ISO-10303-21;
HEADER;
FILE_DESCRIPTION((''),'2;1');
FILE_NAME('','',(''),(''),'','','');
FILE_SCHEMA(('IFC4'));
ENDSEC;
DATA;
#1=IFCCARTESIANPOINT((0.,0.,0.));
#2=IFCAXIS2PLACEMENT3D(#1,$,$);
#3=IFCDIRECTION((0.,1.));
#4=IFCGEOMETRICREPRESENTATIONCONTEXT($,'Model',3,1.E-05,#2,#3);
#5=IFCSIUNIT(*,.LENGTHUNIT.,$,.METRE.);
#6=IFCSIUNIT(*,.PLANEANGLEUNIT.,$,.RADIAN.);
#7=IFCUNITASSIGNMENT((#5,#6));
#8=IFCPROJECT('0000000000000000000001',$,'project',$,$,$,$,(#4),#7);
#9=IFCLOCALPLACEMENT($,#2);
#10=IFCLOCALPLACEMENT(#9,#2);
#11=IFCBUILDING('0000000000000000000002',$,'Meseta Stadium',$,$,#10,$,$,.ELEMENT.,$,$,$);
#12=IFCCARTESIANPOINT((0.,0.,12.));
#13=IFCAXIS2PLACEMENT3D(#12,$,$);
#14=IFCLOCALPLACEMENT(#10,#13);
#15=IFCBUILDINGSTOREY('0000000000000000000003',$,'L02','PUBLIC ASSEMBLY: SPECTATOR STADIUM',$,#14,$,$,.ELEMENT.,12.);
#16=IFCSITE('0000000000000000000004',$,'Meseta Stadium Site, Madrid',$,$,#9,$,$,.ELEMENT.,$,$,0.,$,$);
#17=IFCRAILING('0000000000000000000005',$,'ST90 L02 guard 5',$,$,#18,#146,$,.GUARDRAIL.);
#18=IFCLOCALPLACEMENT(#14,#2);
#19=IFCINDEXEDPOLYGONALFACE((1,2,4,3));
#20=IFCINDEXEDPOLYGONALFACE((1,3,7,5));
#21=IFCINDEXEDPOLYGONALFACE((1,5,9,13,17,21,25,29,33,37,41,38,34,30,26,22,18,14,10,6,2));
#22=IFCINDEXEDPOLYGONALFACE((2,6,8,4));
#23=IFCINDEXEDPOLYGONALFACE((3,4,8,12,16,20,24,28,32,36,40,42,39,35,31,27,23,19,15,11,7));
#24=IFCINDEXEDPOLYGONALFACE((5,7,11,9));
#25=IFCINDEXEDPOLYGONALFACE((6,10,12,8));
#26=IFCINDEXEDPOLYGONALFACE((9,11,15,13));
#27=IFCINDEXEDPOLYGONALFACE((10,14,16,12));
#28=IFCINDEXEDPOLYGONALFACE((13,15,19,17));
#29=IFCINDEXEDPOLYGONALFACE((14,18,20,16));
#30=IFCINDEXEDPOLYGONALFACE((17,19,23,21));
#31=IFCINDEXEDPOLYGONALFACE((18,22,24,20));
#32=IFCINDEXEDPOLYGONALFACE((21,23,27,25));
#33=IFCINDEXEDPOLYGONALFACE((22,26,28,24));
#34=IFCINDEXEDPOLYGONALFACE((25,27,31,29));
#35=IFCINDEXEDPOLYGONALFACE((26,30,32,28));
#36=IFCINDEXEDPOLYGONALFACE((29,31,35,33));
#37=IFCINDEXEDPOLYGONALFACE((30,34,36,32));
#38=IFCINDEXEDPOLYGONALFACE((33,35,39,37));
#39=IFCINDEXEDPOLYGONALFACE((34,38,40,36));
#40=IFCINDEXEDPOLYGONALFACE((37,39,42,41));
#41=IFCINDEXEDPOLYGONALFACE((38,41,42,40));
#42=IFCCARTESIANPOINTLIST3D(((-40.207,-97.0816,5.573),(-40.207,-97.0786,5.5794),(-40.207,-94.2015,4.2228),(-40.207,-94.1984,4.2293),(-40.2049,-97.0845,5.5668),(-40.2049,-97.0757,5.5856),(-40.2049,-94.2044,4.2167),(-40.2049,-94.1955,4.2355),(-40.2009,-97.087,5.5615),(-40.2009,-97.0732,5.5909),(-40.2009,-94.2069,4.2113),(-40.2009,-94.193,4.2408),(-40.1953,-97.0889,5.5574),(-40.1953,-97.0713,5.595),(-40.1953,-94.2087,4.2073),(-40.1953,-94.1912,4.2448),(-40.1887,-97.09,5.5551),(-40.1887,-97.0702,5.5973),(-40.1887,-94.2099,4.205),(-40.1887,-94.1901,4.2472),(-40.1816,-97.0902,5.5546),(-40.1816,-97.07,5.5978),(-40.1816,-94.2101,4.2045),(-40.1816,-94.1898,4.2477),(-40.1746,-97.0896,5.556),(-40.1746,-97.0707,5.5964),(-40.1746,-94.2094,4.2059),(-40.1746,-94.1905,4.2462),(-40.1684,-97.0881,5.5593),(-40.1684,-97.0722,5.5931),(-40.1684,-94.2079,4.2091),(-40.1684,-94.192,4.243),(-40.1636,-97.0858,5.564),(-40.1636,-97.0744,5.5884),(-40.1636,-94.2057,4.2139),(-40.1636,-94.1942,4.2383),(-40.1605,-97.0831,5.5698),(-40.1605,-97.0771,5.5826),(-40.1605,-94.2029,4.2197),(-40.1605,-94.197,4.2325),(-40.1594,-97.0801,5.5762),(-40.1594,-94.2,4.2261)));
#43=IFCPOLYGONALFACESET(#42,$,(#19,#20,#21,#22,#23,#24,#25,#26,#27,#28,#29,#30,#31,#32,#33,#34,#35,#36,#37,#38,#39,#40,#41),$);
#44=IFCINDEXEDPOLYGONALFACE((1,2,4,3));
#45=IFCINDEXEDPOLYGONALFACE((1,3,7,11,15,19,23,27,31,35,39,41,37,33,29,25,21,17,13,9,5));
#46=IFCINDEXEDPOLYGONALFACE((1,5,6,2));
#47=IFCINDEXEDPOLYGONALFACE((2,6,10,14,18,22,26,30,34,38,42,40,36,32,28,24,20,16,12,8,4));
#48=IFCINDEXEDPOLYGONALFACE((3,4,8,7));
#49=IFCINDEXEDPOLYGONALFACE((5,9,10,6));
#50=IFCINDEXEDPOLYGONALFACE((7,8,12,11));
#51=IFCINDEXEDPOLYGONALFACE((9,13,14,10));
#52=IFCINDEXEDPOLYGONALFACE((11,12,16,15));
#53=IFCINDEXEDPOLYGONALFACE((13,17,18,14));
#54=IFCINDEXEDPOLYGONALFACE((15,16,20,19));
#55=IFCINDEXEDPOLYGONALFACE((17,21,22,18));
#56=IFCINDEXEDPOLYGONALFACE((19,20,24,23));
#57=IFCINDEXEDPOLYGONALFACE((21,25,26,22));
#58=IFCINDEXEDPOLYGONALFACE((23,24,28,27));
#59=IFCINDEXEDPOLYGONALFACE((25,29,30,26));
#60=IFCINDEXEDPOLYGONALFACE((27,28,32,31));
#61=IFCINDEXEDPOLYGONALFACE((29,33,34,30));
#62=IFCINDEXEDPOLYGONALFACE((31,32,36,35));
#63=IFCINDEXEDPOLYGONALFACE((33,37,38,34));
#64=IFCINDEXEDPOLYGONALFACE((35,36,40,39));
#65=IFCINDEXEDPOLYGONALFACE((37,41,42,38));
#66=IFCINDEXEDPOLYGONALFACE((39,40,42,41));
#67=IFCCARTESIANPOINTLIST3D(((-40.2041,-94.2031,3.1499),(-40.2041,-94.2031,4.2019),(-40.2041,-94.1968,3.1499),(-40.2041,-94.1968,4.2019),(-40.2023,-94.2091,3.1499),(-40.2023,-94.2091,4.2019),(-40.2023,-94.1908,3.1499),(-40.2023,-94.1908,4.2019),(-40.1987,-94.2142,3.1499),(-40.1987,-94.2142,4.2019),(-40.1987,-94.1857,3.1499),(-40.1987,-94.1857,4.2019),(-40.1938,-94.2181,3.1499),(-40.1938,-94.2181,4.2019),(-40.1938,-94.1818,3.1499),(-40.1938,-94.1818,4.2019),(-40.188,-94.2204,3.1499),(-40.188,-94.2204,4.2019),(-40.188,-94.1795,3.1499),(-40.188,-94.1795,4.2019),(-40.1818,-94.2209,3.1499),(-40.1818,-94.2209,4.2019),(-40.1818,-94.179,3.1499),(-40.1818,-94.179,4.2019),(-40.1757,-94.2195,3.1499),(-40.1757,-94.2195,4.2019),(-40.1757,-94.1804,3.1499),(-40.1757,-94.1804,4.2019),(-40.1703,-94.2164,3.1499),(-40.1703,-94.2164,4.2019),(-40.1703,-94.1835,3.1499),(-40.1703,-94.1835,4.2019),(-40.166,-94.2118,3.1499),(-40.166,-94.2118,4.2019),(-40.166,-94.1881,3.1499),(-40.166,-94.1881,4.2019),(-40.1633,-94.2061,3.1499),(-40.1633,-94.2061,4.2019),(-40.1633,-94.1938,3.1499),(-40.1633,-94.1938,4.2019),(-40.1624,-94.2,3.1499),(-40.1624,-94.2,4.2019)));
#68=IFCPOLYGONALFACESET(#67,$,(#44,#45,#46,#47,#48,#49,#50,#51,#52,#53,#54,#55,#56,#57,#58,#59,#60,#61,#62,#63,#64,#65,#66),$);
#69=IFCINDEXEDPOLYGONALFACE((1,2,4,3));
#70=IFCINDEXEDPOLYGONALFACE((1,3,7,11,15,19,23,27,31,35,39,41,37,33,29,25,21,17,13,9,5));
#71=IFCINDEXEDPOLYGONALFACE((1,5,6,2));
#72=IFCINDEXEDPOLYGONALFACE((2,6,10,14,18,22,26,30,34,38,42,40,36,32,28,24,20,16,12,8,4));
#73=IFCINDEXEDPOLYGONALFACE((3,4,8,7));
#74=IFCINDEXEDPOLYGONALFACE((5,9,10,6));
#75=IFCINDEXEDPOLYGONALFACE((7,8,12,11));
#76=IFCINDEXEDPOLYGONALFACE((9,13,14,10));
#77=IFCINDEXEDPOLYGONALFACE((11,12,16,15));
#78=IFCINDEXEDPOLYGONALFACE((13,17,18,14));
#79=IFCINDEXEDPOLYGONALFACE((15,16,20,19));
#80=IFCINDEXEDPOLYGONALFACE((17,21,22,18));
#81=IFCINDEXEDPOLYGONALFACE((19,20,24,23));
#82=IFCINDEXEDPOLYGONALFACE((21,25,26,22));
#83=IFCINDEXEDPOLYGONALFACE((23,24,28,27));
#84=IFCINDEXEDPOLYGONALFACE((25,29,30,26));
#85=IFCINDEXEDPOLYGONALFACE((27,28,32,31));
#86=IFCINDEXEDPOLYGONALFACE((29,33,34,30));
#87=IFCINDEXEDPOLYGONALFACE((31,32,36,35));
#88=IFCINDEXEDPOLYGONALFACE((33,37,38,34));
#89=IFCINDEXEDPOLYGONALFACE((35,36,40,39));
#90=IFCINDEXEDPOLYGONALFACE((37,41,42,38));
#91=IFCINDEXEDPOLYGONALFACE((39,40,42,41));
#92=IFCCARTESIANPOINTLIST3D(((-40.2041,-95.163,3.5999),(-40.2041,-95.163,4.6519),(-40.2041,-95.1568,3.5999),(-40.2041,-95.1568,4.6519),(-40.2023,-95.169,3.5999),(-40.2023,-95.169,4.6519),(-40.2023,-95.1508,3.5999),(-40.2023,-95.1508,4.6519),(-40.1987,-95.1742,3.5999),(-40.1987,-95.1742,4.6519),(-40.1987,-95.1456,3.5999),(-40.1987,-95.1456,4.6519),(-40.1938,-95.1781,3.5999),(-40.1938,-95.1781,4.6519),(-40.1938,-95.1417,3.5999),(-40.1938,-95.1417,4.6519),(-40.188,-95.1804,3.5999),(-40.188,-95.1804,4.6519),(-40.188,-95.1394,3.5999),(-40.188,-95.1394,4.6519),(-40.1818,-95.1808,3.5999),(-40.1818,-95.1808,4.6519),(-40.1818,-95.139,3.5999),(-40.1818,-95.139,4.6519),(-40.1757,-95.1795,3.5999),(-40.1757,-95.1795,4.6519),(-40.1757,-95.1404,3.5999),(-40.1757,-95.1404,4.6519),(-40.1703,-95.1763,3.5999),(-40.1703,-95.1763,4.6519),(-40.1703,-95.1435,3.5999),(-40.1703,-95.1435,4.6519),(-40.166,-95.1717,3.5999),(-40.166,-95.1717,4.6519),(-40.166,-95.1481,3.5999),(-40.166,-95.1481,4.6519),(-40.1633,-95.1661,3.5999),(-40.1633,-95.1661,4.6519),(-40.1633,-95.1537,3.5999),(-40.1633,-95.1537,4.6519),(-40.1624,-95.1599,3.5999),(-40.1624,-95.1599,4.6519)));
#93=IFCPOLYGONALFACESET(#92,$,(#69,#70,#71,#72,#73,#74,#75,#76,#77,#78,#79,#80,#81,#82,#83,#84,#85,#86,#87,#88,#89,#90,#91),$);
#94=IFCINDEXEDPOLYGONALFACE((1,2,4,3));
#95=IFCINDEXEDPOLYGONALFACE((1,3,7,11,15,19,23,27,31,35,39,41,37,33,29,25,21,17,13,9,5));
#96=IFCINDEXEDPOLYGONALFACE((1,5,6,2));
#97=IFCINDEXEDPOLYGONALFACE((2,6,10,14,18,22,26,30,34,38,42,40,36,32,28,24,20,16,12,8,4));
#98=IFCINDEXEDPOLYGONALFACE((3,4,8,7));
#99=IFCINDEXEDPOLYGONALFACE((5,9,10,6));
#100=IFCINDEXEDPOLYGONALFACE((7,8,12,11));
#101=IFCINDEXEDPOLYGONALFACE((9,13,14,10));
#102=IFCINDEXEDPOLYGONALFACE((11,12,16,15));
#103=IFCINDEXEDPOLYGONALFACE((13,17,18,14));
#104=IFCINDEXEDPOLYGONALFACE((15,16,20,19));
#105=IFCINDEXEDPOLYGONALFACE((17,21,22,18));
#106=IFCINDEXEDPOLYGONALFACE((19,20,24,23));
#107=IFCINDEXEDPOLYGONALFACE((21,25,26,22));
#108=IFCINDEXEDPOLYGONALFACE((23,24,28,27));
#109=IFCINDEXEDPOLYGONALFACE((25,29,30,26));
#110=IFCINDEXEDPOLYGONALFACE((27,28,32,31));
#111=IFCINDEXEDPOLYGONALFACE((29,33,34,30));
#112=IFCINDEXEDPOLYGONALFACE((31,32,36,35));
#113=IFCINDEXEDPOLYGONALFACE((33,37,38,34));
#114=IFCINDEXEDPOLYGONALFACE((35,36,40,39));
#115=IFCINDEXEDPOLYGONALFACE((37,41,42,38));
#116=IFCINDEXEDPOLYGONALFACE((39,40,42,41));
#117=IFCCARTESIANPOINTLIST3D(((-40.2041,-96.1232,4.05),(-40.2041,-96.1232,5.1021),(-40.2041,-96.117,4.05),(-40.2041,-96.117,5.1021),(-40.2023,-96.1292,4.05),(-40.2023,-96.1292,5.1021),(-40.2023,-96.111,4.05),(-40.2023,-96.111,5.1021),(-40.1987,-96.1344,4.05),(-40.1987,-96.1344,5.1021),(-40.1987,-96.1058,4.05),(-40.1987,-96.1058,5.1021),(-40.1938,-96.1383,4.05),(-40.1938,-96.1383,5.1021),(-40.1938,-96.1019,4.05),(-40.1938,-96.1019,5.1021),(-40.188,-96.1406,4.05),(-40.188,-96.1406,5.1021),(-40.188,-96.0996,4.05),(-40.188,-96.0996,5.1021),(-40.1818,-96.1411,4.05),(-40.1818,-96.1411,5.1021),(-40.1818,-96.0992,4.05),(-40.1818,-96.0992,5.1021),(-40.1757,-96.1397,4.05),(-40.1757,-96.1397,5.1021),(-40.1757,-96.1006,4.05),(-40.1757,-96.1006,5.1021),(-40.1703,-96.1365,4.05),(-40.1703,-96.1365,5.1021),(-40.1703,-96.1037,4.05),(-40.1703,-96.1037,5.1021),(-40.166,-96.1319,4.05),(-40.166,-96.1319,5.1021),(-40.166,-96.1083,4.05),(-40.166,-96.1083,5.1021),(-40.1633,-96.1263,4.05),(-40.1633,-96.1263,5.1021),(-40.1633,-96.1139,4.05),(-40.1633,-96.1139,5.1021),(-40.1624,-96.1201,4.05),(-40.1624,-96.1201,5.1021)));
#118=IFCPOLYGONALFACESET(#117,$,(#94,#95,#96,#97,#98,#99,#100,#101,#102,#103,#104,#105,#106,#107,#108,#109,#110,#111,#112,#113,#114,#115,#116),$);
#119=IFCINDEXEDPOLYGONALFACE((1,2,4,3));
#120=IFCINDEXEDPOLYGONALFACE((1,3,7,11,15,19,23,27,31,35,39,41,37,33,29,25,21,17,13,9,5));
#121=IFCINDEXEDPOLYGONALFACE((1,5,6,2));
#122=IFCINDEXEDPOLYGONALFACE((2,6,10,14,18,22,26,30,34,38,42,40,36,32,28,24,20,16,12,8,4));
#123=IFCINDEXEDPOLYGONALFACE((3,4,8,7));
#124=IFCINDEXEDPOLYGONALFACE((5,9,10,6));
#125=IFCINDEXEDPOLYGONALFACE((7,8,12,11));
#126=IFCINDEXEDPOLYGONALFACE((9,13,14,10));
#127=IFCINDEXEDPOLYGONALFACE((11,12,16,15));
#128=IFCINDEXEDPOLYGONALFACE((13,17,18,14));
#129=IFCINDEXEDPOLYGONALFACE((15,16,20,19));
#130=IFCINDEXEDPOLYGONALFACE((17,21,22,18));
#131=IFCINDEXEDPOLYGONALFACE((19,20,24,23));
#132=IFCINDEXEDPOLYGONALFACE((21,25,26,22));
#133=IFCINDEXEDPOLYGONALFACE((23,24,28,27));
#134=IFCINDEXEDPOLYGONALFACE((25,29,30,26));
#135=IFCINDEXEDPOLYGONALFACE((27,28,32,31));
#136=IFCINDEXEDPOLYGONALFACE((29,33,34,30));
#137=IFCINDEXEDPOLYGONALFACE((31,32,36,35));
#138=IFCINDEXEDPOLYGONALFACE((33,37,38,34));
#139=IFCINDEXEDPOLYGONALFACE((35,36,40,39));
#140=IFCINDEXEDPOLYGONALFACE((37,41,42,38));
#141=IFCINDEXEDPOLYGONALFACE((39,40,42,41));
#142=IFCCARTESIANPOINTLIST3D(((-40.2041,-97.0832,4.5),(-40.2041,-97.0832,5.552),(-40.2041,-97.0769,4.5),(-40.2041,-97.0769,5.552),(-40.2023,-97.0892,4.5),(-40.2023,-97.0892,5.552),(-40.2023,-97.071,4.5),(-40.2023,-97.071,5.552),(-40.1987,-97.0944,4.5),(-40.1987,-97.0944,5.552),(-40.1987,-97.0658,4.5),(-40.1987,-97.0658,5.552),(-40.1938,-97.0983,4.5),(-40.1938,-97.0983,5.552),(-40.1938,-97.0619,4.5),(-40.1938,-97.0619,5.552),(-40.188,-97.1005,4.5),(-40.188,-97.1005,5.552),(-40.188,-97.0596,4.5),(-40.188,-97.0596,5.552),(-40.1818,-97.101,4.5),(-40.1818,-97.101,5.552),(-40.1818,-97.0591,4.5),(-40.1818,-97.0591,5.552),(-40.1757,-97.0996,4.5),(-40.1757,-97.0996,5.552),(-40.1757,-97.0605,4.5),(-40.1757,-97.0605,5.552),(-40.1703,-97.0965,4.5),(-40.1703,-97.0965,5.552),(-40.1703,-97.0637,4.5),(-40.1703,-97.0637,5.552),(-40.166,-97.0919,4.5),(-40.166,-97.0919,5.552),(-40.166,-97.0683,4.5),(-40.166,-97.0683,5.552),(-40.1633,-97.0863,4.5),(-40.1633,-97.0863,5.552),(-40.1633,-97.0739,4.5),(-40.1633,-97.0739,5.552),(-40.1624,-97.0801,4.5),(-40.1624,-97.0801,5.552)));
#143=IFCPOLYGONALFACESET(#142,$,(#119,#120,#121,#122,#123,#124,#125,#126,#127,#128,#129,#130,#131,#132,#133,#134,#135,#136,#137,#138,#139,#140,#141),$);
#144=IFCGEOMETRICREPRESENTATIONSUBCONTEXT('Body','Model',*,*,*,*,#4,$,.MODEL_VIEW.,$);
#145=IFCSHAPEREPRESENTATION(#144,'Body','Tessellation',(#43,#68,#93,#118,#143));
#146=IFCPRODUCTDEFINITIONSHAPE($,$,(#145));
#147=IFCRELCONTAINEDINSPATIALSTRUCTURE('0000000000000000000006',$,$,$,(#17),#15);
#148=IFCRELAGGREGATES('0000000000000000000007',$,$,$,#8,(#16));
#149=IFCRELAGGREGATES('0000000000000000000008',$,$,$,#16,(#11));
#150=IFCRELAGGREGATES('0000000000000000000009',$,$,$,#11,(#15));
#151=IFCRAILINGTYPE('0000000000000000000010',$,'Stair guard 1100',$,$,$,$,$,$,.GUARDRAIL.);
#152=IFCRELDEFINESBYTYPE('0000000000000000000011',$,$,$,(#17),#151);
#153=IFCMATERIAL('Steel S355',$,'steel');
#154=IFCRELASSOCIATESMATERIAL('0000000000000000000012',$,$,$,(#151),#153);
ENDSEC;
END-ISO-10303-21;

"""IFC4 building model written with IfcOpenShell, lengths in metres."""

from ifc_helpers import new_model, si_unit, direction, frame, origin, origin_2d, place, context, subcontext, project, spatial, circle, extrude, material, type_object, element, save


model = new_model("IFC4")

# Units and contexts
model_context = context("Model", 3, precision=1e-05, world=origin(), true_north=direction((0.0, 1.0)))
body_context = subcontext(model_context, "Body", "Model", "MODEL_VIEW")
ifc_project = project(units=[si_unit("LENGTHUNIT", "METRE"), si_unit("PLANEANGLEUNIT", "RADIAN")], contexts=[model_context])

# Site, building, storey
site_placement = place(None, origin())
site = spatial("IfcSite", under=ifc_project, at=site_placement, Name="Meseta Stadium Site, Madrid", CompositionType="ELEMENT", RefElevation=0.0)
building_placement = place(site_placement, origin())
building = spatial("IfcBuilding", under=site, at=building_placement, Name="Meseta Stadium", CompositionType="ELEMENT")
storey_placement = place(building_placement, frame((0.0, 0.0, 12.0)))
storey = spatial("IfcBuildingStorey", under=building, at=storey_placement, Name="L02", Description="PUBLIC ASSEMBLY: SPECTATOR STADIUM", CompositionType="ELEMENT", Elevation=12.0)

# Railing
ifc_material_1 = material(Name="Steel S355", Category="steel")
railing_type_1 = type_object("IfcRailingType", Name="Stair guard 1100", PredefinedType="GUARDRAIL", material=ifc_material_1)
for number, where, name in (
    (1, (-40.1833, -94.2, 3.1499), "ST90 L02 guard 5"),
):
    element("IfcRailing", number, at=place(storey_placement, frame(where)), inside=storey, type_object=railing_type_1, Name=name, PredefinedType="GUARDRAIL", context=body_context, shape_type="SweptSolid", body=[
        extrude(circle(Radius=0.0239, at=origin_2d()), frame((0.0, 0.0, 1.0762), z_axis=(0.0, -0.905454, 0.424444), x_axis=(1.0, 0.0, 0.0)), (0.0, 0.0, 1.0), 3.1809),
        extrude(circle(Radius=0.021, at=origin_2d()), origin(), (0.0, 0.0, 1.0), 1.052),
        extrude(circle(Radius=0.021, at=origin_2d()), frame((0.0, -0.96, 0.45)), (0.0, 0.0, 1.0), 1.052),
        extrude(circle(Radius=0.021, at=origin_2d()), frame((0.0, -1.9202, 0.9001)), (0.0, 0.0, 1.0), 1.052),
        extrude(circle(Radius=0.021, at=origin_2d()), frame((0.0, -2.8801, 1.3501)), (0.0, 0.0, 1.0), 1.052),
    ])

save(model, "model.ifc")
